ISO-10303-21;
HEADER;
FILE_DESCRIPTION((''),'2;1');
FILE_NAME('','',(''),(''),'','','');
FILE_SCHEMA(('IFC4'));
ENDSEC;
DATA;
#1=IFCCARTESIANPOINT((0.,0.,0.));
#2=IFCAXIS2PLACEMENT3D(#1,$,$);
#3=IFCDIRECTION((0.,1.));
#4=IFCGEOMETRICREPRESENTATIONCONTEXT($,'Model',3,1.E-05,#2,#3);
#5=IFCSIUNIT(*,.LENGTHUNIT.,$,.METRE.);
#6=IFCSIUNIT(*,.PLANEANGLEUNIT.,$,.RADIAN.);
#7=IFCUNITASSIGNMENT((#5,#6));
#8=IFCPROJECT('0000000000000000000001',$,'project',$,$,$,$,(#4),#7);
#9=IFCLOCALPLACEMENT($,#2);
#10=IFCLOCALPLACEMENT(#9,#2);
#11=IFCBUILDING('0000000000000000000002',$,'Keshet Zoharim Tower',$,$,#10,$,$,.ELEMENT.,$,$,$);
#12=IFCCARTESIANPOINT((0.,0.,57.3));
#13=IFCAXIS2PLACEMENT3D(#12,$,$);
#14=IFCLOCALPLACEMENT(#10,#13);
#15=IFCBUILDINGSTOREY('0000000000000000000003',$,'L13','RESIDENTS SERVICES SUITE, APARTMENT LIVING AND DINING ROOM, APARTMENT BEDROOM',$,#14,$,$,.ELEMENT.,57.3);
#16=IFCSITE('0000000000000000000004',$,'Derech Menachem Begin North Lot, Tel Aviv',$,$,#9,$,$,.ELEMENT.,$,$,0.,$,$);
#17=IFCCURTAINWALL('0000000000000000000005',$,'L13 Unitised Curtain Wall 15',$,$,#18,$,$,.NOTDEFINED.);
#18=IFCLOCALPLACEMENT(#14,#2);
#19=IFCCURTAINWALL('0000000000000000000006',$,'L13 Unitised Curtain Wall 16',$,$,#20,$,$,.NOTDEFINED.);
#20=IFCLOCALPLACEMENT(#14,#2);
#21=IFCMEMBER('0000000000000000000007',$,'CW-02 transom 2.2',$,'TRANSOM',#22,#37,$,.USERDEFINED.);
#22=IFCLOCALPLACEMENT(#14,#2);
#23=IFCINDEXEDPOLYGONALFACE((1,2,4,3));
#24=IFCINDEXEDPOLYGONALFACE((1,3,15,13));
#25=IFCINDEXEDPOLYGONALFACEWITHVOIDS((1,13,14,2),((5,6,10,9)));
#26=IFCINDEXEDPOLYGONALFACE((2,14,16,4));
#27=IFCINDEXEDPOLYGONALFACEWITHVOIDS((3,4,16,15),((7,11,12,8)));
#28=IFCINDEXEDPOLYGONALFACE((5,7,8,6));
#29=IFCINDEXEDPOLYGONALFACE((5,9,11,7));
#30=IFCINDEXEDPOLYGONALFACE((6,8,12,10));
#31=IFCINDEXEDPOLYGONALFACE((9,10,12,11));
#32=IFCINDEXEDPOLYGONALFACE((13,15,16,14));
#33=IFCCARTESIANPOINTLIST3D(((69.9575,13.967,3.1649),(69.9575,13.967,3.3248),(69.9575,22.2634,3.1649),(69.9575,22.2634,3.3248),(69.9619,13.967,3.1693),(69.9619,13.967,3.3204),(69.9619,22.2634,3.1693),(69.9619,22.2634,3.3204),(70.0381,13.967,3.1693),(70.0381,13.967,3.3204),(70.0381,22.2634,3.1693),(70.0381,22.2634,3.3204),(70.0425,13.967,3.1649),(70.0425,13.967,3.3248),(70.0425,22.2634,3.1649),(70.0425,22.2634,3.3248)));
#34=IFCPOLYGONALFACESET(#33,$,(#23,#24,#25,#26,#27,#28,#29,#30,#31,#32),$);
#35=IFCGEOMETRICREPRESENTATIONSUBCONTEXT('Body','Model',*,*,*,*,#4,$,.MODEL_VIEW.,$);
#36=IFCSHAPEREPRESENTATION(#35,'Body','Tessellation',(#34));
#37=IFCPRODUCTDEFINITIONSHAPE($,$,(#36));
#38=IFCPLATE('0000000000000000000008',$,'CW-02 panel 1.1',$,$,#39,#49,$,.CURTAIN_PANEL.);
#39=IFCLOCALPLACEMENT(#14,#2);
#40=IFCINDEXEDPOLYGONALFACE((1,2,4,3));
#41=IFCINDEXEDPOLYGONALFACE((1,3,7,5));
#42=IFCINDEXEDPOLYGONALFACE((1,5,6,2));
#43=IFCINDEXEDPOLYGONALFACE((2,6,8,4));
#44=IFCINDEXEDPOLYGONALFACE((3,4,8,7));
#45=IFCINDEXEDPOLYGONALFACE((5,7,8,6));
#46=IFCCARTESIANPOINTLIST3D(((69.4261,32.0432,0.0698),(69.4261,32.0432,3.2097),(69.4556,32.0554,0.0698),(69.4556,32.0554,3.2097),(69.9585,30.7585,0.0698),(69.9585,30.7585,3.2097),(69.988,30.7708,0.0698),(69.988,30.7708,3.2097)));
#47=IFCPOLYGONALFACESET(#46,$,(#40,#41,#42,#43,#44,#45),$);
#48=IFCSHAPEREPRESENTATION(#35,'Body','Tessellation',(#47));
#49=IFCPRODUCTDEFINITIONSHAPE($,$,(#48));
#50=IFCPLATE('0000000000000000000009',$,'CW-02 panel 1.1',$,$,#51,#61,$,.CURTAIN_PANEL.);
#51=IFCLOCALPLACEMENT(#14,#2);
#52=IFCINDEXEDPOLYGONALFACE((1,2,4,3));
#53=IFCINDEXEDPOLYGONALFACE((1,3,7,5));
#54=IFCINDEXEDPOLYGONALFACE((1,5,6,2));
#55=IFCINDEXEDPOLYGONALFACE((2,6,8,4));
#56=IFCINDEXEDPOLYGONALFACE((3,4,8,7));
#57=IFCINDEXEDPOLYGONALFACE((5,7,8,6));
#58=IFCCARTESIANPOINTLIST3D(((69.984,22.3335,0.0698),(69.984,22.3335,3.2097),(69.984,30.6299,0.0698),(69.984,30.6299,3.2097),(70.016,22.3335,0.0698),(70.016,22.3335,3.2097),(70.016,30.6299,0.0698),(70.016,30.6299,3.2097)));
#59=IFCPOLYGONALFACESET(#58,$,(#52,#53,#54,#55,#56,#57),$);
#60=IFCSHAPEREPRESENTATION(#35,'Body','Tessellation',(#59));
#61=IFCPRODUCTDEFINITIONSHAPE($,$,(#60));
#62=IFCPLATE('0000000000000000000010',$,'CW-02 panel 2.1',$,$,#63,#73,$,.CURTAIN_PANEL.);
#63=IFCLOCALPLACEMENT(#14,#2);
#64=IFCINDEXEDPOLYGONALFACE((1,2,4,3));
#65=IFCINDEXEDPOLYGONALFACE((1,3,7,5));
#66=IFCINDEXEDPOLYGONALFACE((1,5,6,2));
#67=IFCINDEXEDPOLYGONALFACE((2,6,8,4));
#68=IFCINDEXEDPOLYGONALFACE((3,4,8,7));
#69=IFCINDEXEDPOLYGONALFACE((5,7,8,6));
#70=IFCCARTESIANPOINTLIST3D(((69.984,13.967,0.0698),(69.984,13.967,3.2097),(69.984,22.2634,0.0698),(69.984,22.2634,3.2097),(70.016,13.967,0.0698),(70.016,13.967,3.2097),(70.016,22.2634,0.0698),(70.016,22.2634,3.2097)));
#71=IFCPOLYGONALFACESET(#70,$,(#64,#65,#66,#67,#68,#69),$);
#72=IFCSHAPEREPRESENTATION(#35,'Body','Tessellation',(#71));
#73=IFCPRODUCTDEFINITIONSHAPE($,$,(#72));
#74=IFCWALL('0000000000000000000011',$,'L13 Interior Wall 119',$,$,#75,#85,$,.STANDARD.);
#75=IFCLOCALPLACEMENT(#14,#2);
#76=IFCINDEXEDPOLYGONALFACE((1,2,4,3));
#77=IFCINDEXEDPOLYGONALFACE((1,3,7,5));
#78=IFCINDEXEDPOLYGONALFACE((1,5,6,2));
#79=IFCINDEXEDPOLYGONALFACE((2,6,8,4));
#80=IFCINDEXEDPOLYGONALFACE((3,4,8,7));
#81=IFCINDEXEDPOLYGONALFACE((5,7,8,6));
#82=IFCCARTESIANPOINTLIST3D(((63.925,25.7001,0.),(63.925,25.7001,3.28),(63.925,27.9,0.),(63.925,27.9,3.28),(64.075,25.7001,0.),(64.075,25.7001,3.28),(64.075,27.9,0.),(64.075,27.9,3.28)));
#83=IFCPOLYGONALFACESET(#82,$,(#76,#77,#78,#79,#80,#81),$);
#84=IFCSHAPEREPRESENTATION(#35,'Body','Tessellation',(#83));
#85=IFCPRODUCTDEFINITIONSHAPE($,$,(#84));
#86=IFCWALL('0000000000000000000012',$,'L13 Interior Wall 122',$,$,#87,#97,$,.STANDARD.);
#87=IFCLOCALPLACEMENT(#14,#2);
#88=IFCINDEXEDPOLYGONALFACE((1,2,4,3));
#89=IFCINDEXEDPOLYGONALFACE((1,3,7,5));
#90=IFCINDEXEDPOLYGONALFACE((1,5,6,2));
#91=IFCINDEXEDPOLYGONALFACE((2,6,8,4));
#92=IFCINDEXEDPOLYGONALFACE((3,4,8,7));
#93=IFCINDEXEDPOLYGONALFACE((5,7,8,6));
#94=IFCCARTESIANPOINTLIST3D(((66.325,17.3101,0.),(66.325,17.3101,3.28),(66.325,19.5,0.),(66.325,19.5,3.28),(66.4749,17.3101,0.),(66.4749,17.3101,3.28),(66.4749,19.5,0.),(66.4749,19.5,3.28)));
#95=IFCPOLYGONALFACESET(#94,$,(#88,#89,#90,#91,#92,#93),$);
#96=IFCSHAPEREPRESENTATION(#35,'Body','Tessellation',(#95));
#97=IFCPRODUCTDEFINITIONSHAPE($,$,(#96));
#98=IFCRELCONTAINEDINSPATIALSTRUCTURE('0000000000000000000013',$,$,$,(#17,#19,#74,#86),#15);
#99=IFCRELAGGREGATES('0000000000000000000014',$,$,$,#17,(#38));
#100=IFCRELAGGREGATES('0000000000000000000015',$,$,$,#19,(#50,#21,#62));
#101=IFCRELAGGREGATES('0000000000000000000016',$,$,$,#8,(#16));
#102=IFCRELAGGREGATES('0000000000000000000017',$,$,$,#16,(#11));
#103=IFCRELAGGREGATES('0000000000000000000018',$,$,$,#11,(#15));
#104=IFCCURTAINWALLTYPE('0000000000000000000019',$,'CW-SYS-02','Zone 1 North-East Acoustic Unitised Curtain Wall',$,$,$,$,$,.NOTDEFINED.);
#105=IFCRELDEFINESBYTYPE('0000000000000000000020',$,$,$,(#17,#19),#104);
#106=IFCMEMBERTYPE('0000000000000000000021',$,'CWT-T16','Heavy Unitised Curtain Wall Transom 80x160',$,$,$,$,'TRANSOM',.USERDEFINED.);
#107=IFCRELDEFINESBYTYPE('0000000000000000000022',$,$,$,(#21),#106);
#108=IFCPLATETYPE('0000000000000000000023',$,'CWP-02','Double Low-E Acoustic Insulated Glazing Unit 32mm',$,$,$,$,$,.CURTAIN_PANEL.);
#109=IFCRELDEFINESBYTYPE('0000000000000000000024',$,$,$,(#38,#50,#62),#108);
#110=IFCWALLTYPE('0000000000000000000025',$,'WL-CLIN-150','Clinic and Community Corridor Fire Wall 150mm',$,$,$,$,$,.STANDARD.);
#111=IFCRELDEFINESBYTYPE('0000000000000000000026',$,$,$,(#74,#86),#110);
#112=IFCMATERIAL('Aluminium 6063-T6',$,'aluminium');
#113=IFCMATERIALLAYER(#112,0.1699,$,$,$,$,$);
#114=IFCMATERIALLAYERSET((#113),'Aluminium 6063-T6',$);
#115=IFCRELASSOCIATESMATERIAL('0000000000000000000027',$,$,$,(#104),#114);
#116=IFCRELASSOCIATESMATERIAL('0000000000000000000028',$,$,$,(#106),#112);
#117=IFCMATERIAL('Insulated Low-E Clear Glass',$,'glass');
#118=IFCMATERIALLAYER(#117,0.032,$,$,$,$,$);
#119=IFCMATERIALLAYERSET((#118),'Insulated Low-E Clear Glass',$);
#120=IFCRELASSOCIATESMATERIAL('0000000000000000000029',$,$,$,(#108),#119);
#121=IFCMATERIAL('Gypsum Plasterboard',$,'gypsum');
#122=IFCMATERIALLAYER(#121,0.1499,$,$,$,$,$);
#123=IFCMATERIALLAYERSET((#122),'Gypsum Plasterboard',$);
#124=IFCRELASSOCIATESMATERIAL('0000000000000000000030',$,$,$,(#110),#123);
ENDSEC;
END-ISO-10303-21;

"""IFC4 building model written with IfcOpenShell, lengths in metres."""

from ifc_helpers import new_model, si_unit, direction, frame, frame_2d, origin, origin_2d, place, context, subcontext, project, spatial, rectangle, hollow_rectangle, extrude, material, layer, layer_set, material_profile, profile_set, type_object, element, aggregate, save


model = new_model("IFC4")

# Units and contexts
model_context = context("Model", 3, precision=1e-05, world=origin(), true_north=direction((0.0, 1.0)))
body_context = subcontext(model_context, "Body", "Model", "MODEL_VIEW")
ifc_project = project(units=[si_unit("LENGTHUNIT", "METRE"), si_unit("PLANEANGLEUNIT", "RADIAN")], contexts=[model_context])

# Site, building, storey
site_placement = place(None, origin())
site = spatial("IfcSite", under=ifc_project, at=site_placement, Name="Derech Menachem Begin North Lot, Tel Aviv", CompositionType="ELEMENT", RefElevation=0.0)
building_placement = place(site_placement, origin())
building = spatial("IfcBuilding", under=site, at=building_placement, Name="Keshet Zoharim Tower", CompositionType="ELEMENT")
storey_placement = place(building_placement, frame((0.0, 0.0, 57.3)))
storey = spatial("IfcBuildingStorey", under=building, at=storey_placement, Name="L13", Description="RESIDENTS SERVICES SUITE, APARTMENT LIVING AND DINING ROOM, APARTMENT BEDROOM", CompositionType="ELEMENT", Elevation=57.3)

# Curtain wall
ifc_material_1 = material(Name="Aluminium 6063-T6", Category="aluminium")
ifc_layer_1 = layer(ifc_material_1, 0.1699)
ifc_layer_set_1 = layer_set([ifc_layer_1], Name="Aluminium 6063-T6")
curtain_wall_type = type_object("IfcCurtainWallType", Name="CW-SYS-02", Description="Zone 1 North-East Acoustic Unitised Curtain Wall", PredefinedType="NOTDEFINED", material=ifc_layer_set_1)
curtain_wall_1_placement = place(storey_placement, origin())
curtain_wall_1 = element("IfcCurtainWall", 1, at=curtain_wall_1_placement, inside=storey, type_object=curtain_wall_type, Name="L13 Unitised Curtain Wall 15", PredefinedType="NOTDEFINED")

# Curtain wall
curtain_wall_2_placement = place(storey_placement, origin())
curtain_wall_2 = element("IfcCurtainWall", 2, at=curtain_wall_2_placement, inside=storey, type_object=curtain_wall_type, Name="L13 Unitised Curtain Wall 16", PredefinedType="NOTDEFINED")

# Member
ifc_material_profile_1 = material_profile(ifc_material_1, hollow_rectangle(XDim=0.085, YDim=0.1599, WallThickness=0.0044, at=origin_2d()), Name="TRN-85x160")
ifc_profile_set_1 = profile_set([ifc_material_profile_1], Name="Aluminium 6063-T6")
member_type_1 = type_object("IfcMemberType", Name="CWT-T16", Description="Heavy Unitised Curtain Wall Transom 80x160", ElementType="TRANSOM", PredefinedType="USERDEFINED", material=ifc_profile_set_1)
member_1_placement = place(storey_placement, frame((70.0, 22.2634, 3.2449), z_axis=(0.0, -1.0, 0.0), x_axis=(1.0, 0.0, 0.0)))
member_1 = element("IfcMember", 3, at=member_1_placement, type_object=member_type_1, Name="CW-02 transom 2.2", ObjectType="TRANSOM", PredefinedType="USERDEFINED", context=body_context, shape_type="SweptSolid", body=[
    extrude(hollow_rectangle(XDim=0.085, YDim=0.1599, WallThickness=0.0044, at=origin_2d()), origin(), (0.0, 0.0, 1.0), 8.2964),
])

# Plates
ifc_material_2 = material(Name="Insulated Low-E Clear Glass", Category="glass")
ifc_layer_2 = layer(ifc_material_2, 0.032)
ifc_layer_set_2 = layer_set([ifc_layer_2], Name="Insulated Low-E Clear Glass")
plate_type = type_object("IfcPlateType", Name="CWP-02", Description="Double Low-E Acoustic Insulated Glazing Unit 32mm", PredefinedType="CURTAIN_PANEL", material=ifc_layer_set_2)
plate_1_placement = place(storey_placement, frame((69.707, 31.407, 0.0698), z_axis=(0.0, 0.0, 1.0), x_axis=(0.382852, -0.92381, 0.0)))
plate_1 = element("IfcPlate", 4, at=plate_1_placement, type_object=plate_type, Name="CW-02 panel 1.1", PredefinedType="CURTAIN_PANEL", context=body_context, shape_type="SweptSolid", body=[
    extrude(rectangle(XDim=1.3906, YDim=0.032, at=origin_2d()), origin(), (0.0, 0.0, 1.0), 3.1399),
])
aggregate(curtain_wall_1, [plate_1])
plate_2_placement = place(storey_placement, frame((70.0, 26.4817, 0.0698), z_axis=(0.0, 0.0, 1.0), x_axis=(0.0, -1.0, 0.0)))
plate_2 = element("IfcPlate", 5, at=plate_2_placement, type_object=plate_type, Name="CW-02 panel 1.1", PredefinedType="CURTAIN_PANEL", context=body_context, shape_type="SweptSolid", body=[
    extrude(rectangle(XDim=8.2964, YDim=0.032, at=origin_2d()), origin(), (0.0, 0.0, 1.0), 3.1399),
])
plate_3_placement = place(storey_placement, frame((70.0, 18.1152, 0.0698), z_axis=(0.0, 0.0, 1.0), x_axis=(0.0, -1.0, 0.0)))
plate_3 = element("IfcPlate", 6, at=plate_3_placement, type_object=plate_type, Name="CW-02 panel 2.1", PredefinedType="CURTAIN_PANEL", context=body_context, shape_type="SweptSolid", body=[
    extrude(rectangle(XDim=8.2964, YDim=0.032, at=origin_2d()), origin(), (0.0, 0.0, 1.0), 3.1399),
])
aggregate(curtain_wall_2, [plate_2, member_1, plate_3])

# Walls
ifc_material_3 = material(Name="Gypsum Plasterboard", Category="gypsum")
ifc_layer_3 = layer(ifc_material_3, 0.1499)
ifc_layer_set_3 = layer_set([ifc_layer_3], Name="Gypsum Plasterboard")
wall_type = type_object("IfcWallType", Name="WL-CLIN-150", Description="Clinic and Community Corridor Fire Wall 150mm", PredefinedType="STANDARD", material=ifc_layer_set_3)
wall_1_placement = place(storey_placement, frame((64.0, 25.7, 0.0), z_axis=(0.0, 0.0, 1.0), x_axis=(0.0, 1.0, 0.0)))
element("IfcWall", 7, at=wall_1_placement, inside=storey, type_object=wall_type, Name="L13 Interior Wall 119", PredefinedType="STANDARD", context=body_context, shape_type="SweptSolid", body=[
    extrude(rectangle(XDim=2.2, YDim=0.1499, at=frame_2d((1.1001, 0.0))), origin(), (0.0, 0.0, 1.0), 3.28),
])
wall_2_placement = place(storey_placement, frame((66.3999, 17.3101, 0.0), z_axis=(0.0, 0.0, 1.0), x_axis=(0.0, 1.0, 0.0)))
element("IfcWall", 8, at=wall_2_placement, inside=storey, type_object=wall_type, Name="L13 Interior Wall 122", PredefinedType="STANDARD", context=body_context, shape_type="SweptSolid", body=[
    extrude(rectangle(XDim=2.1899, YDim=0.1499, at=frame_2d((1.095, 0.0))), origin(), (0.0, 0.0, 1.0), 3.28),
])

save(model, "model.ifc")
